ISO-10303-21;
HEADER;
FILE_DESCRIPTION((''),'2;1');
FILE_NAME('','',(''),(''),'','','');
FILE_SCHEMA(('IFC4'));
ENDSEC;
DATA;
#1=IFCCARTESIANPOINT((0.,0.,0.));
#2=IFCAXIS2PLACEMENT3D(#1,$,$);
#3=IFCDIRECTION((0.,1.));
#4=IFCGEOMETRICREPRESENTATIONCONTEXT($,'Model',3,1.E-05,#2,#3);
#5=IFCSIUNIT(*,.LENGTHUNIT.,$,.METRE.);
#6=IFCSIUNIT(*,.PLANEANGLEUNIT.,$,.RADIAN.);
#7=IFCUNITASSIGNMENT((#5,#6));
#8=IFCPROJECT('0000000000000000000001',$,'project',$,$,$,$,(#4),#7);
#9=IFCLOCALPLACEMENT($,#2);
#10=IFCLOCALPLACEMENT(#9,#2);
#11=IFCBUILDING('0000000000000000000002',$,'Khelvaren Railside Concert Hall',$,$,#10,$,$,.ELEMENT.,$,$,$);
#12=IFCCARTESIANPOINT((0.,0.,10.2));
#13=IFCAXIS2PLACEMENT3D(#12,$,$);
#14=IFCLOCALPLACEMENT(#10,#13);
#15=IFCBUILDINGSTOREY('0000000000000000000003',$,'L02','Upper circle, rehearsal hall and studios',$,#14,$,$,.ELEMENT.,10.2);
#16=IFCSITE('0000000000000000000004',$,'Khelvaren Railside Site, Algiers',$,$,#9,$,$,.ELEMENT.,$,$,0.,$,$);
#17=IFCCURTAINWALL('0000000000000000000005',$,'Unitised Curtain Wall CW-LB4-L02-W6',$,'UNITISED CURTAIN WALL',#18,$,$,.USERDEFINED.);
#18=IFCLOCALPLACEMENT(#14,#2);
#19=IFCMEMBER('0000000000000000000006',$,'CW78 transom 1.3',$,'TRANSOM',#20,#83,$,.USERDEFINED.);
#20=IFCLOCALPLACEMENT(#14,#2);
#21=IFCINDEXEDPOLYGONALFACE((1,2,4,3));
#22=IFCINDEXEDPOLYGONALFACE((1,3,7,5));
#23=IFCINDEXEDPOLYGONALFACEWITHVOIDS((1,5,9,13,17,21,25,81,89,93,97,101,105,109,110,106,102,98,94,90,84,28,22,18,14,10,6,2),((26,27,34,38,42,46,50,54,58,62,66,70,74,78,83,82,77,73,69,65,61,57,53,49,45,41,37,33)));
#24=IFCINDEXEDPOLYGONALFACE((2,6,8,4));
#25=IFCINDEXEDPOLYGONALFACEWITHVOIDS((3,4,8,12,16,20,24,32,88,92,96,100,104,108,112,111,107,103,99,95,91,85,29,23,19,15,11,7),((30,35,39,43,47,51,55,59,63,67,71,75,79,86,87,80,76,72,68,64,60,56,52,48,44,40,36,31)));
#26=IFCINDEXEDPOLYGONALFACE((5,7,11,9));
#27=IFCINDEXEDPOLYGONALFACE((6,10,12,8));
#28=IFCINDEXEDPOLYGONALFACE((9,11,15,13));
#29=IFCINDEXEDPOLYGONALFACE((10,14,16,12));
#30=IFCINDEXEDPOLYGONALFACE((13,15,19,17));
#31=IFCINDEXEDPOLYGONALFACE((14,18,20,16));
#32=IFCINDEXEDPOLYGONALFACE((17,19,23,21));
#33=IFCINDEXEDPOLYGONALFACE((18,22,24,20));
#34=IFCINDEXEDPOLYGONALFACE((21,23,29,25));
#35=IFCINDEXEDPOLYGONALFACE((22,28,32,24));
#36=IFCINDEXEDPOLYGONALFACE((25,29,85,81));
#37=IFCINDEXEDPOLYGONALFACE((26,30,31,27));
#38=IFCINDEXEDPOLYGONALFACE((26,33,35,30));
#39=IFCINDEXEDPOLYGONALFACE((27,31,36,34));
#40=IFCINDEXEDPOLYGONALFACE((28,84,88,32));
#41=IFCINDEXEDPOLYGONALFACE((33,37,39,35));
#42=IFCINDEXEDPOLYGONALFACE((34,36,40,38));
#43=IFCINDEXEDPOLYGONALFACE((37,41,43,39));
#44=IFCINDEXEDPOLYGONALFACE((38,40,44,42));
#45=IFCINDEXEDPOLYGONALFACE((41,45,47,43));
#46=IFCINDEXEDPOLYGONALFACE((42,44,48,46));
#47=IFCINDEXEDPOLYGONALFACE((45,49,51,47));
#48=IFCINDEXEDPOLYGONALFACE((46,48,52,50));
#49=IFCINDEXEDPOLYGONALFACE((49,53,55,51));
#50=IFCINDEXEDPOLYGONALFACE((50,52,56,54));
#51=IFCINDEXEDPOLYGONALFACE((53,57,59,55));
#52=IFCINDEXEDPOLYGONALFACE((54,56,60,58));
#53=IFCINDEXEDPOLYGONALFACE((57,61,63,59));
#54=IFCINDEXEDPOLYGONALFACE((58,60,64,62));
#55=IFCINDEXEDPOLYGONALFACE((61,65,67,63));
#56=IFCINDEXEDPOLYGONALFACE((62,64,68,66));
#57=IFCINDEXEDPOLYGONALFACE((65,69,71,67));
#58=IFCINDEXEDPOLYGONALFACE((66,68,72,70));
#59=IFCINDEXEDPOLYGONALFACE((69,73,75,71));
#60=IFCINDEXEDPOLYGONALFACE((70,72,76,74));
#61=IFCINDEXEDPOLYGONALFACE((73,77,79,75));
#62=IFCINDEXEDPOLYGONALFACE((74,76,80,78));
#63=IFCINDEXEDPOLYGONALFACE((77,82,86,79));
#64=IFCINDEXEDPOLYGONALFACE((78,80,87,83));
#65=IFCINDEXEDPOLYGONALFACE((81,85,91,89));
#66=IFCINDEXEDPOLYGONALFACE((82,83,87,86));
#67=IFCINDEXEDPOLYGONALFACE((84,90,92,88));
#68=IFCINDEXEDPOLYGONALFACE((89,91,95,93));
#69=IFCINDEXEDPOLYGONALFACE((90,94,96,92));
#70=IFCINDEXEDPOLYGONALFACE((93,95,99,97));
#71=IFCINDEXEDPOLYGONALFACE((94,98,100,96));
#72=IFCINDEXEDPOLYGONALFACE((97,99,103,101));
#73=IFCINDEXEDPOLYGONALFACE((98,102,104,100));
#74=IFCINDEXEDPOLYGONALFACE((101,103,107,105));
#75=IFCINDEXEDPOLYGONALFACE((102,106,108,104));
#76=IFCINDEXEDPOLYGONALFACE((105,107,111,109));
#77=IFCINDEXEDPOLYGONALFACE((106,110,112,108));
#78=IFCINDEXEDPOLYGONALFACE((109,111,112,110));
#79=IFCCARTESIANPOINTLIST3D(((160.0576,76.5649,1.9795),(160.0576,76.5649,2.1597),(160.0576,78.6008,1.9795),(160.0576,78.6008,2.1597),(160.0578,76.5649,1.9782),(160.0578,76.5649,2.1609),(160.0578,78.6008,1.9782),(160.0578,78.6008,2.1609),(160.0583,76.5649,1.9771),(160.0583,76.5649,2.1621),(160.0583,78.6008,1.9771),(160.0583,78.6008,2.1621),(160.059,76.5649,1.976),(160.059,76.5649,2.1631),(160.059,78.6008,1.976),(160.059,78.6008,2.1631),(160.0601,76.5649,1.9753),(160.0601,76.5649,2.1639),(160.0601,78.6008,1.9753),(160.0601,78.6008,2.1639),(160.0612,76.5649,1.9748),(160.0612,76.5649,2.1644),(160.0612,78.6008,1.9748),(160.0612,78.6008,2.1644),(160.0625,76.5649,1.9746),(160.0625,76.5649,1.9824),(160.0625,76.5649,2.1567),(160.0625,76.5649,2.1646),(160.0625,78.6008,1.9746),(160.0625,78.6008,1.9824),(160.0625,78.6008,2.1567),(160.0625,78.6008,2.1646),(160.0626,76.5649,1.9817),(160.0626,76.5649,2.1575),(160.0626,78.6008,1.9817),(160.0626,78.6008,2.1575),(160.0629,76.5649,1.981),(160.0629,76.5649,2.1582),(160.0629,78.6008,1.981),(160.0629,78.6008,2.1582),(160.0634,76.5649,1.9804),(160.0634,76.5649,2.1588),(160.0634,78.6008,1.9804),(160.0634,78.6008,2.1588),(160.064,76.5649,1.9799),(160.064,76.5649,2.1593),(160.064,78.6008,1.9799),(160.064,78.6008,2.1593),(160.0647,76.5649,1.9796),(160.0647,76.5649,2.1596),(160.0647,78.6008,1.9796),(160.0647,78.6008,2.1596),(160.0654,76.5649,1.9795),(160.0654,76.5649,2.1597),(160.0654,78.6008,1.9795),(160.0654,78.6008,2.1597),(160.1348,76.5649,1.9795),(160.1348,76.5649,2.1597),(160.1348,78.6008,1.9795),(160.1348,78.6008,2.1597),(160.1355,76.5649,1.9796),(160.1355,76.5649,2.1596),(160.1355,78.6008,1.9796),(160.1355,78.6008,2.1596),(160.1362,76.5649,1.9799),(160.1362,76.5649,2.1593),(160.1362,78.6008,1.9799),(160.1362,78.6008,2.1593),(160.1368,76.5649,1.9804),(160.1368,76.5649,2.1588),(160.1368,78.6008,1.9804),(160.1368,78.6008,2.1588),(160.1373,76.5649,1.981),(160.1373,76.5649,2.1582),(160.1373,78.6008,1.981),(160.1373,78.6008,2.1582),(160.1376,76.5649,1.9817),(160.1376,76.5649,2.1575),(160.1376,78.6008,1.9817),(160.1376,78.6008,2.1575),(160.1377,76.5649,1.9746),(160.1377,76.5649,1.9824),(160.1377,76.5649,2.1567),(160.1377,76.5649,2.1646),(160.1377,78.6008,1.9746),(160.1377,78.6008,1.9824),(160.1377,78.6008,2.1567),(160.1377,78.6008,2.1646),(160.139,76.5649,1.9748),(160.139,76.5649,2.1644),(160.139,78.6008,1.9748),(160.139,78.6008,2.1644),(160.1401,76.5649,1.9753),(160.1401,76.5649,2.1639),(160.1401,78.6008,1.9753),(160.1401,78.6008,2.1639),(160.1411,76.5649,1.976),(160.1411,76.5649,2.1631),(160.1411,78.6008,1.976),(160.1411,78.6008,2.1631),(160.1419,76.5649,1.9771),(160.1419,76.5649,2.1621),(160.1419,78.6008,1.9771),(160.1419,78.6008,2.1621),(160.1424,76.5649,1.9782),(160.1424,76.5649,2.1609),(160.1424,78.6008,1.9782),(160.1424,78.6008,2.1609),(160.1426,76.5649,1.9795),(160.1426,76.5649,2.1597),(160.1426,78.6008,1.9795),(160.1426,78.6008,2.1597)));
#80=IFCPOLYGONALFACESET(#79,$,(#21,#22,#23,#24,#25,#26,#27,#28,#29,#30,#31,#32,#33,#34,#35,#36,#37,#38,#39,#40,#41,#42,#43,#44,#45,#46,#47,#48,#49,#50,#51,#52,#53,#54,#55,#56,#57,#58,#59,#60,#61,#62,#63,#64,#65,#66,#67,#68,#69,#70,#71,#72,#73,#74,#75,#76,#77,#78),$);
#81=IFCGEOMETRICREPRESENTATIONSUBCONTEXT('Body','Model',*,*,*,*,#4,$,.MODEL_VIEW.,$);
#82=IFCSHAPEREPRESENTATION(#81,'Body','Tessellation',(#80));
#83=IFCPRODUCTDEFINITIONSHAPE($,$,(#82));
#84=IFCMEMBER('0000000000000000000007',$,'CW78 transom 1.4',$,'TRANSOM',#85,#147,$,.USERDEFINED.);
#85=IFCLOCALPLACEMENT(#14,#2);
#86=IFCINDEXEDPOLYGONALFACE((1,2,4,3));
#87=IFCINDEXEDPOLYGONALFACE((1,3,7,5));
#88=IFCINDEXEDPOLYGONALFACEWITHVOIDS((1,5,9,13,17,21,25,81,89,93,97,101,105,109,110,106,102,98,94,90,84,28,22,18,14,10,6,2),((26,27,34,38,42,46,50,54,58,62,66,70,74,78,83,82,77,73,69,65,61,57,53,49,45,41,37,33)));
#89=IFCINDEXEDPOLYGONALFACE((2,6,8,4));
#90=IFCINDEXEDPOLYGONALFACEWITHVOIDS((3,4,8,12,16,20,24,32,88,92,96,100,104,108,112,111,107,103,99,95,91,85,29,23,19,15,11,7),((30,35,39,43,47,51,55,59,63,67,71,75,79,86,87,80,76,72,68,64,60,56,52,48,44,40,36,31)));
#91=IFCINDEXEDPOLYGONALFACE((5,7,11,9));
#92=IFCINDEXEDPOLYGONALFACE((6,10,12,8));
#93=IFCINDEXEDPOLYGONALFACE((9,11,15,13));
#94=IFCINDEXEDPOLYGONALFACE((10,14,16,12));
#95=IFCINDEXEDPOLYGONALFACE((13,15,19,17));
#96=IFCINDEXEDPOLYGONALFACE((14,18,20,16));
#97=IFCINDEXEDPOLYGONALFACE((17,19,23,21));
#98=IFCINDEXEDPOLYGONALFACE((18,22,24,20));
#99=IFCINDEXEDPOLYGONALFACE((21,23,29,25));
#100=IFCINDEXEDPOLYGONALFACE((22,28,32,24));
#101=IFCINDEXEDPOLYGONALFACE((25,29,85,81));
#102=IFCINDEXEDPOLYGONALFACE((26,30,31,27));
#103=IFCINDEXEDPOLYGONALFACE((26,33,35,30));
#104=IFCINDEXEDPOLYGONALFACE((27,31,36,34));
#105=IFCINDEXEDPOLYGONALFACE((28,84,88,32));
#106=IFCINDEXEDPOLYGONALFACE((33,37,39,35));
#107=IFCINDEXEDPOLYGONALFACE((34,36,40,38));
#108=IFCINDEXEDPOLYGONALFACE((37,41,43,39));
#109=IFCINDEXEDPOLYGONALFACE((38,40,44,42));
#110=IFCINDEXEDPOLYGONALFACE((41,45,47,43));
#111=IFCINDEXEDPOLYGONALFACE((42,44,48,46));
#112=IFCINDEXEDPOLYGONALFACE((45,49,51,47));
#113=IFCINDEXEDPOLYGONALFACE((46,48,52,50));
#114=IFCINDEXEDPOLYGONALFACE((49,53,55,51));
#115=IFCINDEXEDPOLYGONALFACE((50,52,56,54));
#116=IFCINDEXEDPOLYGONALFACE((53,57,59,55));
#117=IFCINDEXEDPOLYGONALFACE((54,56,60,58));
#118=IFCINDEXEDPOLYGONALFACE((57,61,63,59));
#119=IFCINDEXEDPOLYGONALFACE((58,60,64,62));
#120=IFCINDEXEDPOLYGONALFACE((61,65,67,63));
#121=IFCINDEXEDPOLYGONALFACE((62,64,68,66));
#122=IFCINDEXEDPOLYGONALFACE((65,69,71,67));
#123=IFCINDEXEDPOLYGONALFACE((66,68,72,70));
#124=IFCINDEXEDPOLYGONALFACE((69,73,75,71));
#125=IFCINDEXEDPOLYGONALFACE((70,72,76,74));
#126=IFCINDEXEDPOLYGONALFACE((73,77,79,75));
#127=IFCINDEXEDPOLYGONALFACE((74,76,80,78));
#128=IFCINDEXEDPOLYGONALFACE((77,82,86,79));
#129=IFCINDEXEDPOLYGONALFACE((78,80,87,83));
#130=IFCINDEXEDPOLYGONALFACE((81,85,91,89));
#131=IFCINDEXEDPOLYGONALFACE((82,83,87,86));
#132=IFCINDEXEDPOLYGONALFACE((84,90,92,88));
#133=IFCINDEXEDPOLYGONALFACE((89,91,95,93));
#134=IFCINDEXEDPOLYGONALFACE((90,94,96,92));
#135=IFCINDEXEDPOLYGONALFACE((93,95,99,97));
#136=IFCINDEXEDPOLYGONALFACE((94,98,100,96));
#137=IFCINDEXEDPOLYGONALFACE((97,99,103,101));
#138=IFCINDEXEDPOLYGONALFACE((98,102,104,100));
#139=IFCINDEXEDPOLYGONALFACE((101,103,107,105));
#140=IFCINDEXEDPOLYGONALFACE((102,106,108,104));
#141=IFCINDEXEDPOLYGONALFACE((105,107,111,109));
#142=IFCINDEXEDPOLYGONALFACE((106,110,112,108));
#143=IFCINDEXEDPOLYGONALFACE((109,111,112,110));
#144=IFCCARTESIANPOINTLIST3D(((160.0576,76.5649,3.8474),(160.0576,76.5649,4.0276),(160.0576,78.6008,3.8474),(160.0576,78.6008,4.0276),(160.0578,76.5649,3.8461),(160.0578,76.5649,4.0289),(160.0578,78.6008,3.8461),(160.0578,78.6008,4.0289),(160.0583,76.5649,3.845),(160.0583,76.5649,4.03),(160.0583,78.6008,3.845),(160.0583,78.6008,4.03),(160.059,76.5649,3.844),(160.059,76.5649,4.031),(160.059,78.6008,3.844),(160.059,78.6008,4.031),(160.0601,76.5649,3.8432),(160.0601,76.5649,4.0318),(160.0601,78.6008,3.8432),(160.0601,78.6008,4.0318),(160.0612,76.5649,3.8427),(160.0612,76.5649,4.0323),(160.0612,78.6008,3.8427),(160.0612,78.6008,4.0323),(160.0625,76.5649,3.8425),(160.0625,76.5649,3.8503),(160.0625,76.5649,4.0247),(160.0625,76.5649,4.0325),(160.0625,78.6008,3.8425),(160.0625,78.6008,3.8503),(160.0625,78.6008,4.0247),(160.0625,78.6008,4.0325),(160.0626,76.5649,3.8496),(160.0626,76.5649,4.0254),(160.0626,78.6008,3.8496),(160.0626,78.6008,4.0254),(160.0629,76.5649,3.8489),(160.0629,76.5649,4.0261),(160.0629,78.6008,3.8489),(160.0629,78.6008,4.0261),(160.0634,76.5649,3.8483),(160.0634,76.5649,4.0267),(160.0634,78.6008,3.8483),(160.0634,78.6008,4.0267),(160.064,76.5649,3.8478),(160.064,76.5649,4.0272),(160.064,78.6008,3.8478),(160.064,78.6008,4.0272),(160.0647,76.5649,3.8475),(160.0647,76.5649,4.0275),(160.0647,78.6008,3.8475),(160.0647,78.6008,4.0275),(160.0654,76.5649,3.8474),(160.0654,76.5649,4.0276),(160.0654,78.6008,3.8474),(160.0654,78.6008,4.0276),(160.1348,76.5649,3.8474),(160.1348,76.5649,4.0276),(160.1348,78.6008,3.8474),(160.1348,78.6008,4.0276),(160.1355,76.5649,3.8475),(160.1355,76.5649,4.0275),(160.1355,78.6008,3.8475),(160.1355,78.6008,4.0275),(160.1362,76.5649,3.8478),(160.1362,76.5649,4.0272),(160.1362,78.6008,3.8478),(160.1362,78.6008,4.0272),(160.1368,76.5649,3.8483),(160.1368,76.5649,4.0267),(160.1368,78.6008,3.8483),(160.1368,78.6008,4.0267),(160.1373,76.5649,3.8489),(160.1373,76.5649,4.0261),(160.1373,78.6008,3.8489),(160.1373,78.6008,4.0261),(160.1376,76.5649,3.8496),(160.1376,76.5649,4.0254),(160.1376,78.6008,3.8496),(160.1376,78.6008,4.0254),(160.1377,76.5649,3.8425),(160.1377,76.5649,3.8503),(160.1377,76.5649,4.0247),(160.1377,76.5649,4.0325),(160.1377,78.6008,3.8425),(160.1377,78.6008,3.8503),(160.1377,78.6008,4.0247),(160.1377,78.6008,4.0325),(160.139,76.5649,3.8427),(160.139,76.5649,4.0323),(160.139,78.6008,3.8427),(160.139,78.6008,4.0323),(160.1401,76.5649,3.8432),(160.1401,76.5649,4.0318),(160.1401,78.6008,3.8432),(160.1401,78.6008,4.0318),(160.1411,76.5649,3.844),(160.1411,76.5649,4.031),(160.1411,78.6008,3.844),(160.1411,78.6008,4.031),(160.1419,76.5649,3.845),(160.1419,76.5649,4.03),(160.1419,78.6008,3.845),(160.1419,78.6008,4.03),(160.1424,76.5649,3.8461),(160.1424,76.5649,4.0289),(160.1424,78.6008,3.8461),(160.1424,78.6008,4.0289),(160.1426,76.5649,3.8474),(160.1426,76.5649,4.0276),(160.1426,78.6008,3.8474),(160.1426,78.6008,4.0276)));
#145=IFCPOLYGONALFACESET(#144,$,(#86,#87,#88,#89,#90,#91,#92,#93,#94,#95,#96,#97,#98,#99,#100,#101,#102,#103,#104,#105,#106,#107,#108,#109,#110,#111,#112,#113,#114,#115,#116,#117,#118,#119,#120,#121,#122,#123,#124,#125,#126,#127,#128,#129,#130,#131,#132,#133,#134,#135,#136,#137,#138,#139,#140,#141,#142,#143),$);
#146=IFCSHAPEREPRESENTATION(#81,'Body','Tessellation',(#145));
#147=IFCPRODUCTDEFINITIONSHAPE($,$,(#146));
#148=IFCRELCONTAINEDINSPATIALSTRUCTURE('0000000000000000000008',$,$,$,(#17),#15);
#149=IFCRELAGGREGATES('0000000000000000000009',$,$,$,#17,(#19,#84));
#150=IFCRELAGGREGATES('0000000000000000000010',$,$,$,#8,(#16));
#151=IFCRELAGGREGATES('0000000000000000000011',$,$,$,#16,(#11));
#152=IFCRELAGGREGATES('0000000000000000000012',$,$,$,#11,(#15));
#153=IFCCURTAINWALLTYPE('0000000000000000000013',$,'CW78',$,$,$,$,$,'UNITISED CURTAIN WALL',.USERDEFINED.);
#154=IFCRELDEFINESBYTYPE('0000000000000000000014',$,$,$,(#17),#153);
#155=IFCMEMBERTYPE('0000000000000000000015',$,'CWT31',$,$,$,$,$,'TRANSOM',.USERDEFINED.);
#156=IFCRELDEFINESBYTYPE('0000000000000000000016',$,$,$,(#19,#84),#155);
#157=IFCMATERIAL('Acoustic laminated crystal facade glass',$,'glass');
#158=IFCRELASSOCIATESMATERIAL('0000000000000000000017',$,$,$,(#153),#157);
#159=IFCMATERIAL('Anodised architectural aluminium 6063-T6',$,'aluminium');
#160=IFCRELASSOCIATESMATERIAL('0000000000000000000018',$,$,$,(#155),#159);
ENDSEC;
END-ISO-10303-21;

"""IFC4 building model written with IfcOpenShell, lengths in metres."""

from ifc_helpers import new_model, si_unit, direction, frame, origin, origin_2d, place, context, subcontext, project, spatial, hollow_rectangle, extrude, material, material_profile, profile_set, type_object, element, aggregate, save


model = new_model("IFC4")

# Units and contexts
model_context = context("Model", 3, precision=1e-05, world=origin(), true_north=direction((0.0, 1.0)))
body_context = subcontext(model_context, "Body", "Model", "MODEL_VIEW")
ifc_project = project(units=[si_unit("LENGTHUNIT", "METRE"), si_unit("PLANEANGLEUNIT", "RADIAN")], contexts=[model_context])

# Site, building, storey
site_placement = place(None, origin())
site = spatial("IfcSite", under=ifc_project, at=site_placement, Name="Khelvaren Railside Site, Algiers", CompositionType="ELEMENT", RefElevation=0.0)
building_placement = place(site_placement, origin())
building = spatial("IfcBuilding", under=site, at=building_placement, Name="Khelvaren Railside Concert Hall", CompositionType="ELEMENT")
storey_placement = place(building_placement, frame((0.0, 0.0, 10.2)))
storey = spatial("IfcBuildingStorey", under=building, at=storey_placement, Name="L02", Description="Upper circle, rehearsal hall and studios", CompositionType="ELEMENT", Elevation=10.2)

# Curtain wall
ifc_material_1 = material(Name="Anodised architectural aluminium 6063-T6", Category="aluminium")
ifc_material_2 = material(Name="Acoustic laminated crystal facade glass", Category="glass")
curtain_wall_type_1 = type_object("IfcCurtainWallType", Name="CW78", ElementType="UNITISED CURTAIN WALL", PredefinedType="USERDEFINED", material=ifc_material_2)
curtain_wall_1_placement = place(storey_placement, origin())
curtain_wall_1 = element("IfcCurtainWall", 1, at=curtain_wall_1_placement, inside=storey, type_object=curtain_wall_type_1, Name="Unitised Curtain Wall CW-LB4-L02-W6", ObjectType="UNITISED CURTAIN WALL", PredefinedType="USERDEFINED")

# Members
ifc_material_profile_1 = material_profile(ifc_material_1, hollow_rectangle(XDim=0.085, YDim=0.1899, WallThickness=0.0049, InnerFilletRadius=0.0029, OuterFilletRadius=0.0049, at=origin_2d()), Name="CWT 85x190x5")
ifc_profile_set_1 = profile_set([ifc_material_profile_1], Name="Anodised architectural aluminium 6063-T6")
member_type_1 = type_object("IfcMemberType", Name="CWT31", ElementType="TRANSOM", PredefinedType="USERDEFINED", material=ifc_profile_set_1)
member_1_placement = place(storey_placement, frame((160.1001, 76.5649, 2.0696), z_axis=(0.0, 1.0, 0.0), x_axis=(-1.0, 0.0, 0.0)))
member_1 = element("IfcMember", 2, at=member_1_placement, type_object=member_type_1, Name="CW78 transom 1.3", ObjectType="TRANSOM", PredefinedType="USERDEFINED", context=body_context, shape_type="SweptSolid", body=[
    extrude(hollow_rectangle(XDim=0.085, YDim=0.1899, WallThickness=0.0049, InnerFilletRadius=0.0029, OuterFilletRadius=0.0049, at=origin_2d()), origin(), (0.0, 0.0, 1.0), 2.0359),
])
member_2_placement = place(storey_placement, frame((160.1001, 76.5649, 3.9375), z_axis=(0.0, 1.0, 0.0), x_axis=(-1.0, 0.0, 0.0)))
member_2 = element("IfcMember", 3, at=member_2_placement, type_object=member_type_1, Name="CW78 transom 1.4", ObjectType="TRANSOM", PredefinedType="USERDEFINED", context=body_context, shape_type="SweptSolid", body=[
    extrude(hollow_rectangle(XDim=0.085, YDim=0.1899, WallThickness=0.0049, InnerFilletRadius=0.0029, OuterFilletRadius=0.0049, at=origin_2d()), origin(), (0.0, 0.0, 1.0), 2.0359),
])

aggregate(curtain_wall_1, [member_1, member_2])

save(model, "model.ifc")
